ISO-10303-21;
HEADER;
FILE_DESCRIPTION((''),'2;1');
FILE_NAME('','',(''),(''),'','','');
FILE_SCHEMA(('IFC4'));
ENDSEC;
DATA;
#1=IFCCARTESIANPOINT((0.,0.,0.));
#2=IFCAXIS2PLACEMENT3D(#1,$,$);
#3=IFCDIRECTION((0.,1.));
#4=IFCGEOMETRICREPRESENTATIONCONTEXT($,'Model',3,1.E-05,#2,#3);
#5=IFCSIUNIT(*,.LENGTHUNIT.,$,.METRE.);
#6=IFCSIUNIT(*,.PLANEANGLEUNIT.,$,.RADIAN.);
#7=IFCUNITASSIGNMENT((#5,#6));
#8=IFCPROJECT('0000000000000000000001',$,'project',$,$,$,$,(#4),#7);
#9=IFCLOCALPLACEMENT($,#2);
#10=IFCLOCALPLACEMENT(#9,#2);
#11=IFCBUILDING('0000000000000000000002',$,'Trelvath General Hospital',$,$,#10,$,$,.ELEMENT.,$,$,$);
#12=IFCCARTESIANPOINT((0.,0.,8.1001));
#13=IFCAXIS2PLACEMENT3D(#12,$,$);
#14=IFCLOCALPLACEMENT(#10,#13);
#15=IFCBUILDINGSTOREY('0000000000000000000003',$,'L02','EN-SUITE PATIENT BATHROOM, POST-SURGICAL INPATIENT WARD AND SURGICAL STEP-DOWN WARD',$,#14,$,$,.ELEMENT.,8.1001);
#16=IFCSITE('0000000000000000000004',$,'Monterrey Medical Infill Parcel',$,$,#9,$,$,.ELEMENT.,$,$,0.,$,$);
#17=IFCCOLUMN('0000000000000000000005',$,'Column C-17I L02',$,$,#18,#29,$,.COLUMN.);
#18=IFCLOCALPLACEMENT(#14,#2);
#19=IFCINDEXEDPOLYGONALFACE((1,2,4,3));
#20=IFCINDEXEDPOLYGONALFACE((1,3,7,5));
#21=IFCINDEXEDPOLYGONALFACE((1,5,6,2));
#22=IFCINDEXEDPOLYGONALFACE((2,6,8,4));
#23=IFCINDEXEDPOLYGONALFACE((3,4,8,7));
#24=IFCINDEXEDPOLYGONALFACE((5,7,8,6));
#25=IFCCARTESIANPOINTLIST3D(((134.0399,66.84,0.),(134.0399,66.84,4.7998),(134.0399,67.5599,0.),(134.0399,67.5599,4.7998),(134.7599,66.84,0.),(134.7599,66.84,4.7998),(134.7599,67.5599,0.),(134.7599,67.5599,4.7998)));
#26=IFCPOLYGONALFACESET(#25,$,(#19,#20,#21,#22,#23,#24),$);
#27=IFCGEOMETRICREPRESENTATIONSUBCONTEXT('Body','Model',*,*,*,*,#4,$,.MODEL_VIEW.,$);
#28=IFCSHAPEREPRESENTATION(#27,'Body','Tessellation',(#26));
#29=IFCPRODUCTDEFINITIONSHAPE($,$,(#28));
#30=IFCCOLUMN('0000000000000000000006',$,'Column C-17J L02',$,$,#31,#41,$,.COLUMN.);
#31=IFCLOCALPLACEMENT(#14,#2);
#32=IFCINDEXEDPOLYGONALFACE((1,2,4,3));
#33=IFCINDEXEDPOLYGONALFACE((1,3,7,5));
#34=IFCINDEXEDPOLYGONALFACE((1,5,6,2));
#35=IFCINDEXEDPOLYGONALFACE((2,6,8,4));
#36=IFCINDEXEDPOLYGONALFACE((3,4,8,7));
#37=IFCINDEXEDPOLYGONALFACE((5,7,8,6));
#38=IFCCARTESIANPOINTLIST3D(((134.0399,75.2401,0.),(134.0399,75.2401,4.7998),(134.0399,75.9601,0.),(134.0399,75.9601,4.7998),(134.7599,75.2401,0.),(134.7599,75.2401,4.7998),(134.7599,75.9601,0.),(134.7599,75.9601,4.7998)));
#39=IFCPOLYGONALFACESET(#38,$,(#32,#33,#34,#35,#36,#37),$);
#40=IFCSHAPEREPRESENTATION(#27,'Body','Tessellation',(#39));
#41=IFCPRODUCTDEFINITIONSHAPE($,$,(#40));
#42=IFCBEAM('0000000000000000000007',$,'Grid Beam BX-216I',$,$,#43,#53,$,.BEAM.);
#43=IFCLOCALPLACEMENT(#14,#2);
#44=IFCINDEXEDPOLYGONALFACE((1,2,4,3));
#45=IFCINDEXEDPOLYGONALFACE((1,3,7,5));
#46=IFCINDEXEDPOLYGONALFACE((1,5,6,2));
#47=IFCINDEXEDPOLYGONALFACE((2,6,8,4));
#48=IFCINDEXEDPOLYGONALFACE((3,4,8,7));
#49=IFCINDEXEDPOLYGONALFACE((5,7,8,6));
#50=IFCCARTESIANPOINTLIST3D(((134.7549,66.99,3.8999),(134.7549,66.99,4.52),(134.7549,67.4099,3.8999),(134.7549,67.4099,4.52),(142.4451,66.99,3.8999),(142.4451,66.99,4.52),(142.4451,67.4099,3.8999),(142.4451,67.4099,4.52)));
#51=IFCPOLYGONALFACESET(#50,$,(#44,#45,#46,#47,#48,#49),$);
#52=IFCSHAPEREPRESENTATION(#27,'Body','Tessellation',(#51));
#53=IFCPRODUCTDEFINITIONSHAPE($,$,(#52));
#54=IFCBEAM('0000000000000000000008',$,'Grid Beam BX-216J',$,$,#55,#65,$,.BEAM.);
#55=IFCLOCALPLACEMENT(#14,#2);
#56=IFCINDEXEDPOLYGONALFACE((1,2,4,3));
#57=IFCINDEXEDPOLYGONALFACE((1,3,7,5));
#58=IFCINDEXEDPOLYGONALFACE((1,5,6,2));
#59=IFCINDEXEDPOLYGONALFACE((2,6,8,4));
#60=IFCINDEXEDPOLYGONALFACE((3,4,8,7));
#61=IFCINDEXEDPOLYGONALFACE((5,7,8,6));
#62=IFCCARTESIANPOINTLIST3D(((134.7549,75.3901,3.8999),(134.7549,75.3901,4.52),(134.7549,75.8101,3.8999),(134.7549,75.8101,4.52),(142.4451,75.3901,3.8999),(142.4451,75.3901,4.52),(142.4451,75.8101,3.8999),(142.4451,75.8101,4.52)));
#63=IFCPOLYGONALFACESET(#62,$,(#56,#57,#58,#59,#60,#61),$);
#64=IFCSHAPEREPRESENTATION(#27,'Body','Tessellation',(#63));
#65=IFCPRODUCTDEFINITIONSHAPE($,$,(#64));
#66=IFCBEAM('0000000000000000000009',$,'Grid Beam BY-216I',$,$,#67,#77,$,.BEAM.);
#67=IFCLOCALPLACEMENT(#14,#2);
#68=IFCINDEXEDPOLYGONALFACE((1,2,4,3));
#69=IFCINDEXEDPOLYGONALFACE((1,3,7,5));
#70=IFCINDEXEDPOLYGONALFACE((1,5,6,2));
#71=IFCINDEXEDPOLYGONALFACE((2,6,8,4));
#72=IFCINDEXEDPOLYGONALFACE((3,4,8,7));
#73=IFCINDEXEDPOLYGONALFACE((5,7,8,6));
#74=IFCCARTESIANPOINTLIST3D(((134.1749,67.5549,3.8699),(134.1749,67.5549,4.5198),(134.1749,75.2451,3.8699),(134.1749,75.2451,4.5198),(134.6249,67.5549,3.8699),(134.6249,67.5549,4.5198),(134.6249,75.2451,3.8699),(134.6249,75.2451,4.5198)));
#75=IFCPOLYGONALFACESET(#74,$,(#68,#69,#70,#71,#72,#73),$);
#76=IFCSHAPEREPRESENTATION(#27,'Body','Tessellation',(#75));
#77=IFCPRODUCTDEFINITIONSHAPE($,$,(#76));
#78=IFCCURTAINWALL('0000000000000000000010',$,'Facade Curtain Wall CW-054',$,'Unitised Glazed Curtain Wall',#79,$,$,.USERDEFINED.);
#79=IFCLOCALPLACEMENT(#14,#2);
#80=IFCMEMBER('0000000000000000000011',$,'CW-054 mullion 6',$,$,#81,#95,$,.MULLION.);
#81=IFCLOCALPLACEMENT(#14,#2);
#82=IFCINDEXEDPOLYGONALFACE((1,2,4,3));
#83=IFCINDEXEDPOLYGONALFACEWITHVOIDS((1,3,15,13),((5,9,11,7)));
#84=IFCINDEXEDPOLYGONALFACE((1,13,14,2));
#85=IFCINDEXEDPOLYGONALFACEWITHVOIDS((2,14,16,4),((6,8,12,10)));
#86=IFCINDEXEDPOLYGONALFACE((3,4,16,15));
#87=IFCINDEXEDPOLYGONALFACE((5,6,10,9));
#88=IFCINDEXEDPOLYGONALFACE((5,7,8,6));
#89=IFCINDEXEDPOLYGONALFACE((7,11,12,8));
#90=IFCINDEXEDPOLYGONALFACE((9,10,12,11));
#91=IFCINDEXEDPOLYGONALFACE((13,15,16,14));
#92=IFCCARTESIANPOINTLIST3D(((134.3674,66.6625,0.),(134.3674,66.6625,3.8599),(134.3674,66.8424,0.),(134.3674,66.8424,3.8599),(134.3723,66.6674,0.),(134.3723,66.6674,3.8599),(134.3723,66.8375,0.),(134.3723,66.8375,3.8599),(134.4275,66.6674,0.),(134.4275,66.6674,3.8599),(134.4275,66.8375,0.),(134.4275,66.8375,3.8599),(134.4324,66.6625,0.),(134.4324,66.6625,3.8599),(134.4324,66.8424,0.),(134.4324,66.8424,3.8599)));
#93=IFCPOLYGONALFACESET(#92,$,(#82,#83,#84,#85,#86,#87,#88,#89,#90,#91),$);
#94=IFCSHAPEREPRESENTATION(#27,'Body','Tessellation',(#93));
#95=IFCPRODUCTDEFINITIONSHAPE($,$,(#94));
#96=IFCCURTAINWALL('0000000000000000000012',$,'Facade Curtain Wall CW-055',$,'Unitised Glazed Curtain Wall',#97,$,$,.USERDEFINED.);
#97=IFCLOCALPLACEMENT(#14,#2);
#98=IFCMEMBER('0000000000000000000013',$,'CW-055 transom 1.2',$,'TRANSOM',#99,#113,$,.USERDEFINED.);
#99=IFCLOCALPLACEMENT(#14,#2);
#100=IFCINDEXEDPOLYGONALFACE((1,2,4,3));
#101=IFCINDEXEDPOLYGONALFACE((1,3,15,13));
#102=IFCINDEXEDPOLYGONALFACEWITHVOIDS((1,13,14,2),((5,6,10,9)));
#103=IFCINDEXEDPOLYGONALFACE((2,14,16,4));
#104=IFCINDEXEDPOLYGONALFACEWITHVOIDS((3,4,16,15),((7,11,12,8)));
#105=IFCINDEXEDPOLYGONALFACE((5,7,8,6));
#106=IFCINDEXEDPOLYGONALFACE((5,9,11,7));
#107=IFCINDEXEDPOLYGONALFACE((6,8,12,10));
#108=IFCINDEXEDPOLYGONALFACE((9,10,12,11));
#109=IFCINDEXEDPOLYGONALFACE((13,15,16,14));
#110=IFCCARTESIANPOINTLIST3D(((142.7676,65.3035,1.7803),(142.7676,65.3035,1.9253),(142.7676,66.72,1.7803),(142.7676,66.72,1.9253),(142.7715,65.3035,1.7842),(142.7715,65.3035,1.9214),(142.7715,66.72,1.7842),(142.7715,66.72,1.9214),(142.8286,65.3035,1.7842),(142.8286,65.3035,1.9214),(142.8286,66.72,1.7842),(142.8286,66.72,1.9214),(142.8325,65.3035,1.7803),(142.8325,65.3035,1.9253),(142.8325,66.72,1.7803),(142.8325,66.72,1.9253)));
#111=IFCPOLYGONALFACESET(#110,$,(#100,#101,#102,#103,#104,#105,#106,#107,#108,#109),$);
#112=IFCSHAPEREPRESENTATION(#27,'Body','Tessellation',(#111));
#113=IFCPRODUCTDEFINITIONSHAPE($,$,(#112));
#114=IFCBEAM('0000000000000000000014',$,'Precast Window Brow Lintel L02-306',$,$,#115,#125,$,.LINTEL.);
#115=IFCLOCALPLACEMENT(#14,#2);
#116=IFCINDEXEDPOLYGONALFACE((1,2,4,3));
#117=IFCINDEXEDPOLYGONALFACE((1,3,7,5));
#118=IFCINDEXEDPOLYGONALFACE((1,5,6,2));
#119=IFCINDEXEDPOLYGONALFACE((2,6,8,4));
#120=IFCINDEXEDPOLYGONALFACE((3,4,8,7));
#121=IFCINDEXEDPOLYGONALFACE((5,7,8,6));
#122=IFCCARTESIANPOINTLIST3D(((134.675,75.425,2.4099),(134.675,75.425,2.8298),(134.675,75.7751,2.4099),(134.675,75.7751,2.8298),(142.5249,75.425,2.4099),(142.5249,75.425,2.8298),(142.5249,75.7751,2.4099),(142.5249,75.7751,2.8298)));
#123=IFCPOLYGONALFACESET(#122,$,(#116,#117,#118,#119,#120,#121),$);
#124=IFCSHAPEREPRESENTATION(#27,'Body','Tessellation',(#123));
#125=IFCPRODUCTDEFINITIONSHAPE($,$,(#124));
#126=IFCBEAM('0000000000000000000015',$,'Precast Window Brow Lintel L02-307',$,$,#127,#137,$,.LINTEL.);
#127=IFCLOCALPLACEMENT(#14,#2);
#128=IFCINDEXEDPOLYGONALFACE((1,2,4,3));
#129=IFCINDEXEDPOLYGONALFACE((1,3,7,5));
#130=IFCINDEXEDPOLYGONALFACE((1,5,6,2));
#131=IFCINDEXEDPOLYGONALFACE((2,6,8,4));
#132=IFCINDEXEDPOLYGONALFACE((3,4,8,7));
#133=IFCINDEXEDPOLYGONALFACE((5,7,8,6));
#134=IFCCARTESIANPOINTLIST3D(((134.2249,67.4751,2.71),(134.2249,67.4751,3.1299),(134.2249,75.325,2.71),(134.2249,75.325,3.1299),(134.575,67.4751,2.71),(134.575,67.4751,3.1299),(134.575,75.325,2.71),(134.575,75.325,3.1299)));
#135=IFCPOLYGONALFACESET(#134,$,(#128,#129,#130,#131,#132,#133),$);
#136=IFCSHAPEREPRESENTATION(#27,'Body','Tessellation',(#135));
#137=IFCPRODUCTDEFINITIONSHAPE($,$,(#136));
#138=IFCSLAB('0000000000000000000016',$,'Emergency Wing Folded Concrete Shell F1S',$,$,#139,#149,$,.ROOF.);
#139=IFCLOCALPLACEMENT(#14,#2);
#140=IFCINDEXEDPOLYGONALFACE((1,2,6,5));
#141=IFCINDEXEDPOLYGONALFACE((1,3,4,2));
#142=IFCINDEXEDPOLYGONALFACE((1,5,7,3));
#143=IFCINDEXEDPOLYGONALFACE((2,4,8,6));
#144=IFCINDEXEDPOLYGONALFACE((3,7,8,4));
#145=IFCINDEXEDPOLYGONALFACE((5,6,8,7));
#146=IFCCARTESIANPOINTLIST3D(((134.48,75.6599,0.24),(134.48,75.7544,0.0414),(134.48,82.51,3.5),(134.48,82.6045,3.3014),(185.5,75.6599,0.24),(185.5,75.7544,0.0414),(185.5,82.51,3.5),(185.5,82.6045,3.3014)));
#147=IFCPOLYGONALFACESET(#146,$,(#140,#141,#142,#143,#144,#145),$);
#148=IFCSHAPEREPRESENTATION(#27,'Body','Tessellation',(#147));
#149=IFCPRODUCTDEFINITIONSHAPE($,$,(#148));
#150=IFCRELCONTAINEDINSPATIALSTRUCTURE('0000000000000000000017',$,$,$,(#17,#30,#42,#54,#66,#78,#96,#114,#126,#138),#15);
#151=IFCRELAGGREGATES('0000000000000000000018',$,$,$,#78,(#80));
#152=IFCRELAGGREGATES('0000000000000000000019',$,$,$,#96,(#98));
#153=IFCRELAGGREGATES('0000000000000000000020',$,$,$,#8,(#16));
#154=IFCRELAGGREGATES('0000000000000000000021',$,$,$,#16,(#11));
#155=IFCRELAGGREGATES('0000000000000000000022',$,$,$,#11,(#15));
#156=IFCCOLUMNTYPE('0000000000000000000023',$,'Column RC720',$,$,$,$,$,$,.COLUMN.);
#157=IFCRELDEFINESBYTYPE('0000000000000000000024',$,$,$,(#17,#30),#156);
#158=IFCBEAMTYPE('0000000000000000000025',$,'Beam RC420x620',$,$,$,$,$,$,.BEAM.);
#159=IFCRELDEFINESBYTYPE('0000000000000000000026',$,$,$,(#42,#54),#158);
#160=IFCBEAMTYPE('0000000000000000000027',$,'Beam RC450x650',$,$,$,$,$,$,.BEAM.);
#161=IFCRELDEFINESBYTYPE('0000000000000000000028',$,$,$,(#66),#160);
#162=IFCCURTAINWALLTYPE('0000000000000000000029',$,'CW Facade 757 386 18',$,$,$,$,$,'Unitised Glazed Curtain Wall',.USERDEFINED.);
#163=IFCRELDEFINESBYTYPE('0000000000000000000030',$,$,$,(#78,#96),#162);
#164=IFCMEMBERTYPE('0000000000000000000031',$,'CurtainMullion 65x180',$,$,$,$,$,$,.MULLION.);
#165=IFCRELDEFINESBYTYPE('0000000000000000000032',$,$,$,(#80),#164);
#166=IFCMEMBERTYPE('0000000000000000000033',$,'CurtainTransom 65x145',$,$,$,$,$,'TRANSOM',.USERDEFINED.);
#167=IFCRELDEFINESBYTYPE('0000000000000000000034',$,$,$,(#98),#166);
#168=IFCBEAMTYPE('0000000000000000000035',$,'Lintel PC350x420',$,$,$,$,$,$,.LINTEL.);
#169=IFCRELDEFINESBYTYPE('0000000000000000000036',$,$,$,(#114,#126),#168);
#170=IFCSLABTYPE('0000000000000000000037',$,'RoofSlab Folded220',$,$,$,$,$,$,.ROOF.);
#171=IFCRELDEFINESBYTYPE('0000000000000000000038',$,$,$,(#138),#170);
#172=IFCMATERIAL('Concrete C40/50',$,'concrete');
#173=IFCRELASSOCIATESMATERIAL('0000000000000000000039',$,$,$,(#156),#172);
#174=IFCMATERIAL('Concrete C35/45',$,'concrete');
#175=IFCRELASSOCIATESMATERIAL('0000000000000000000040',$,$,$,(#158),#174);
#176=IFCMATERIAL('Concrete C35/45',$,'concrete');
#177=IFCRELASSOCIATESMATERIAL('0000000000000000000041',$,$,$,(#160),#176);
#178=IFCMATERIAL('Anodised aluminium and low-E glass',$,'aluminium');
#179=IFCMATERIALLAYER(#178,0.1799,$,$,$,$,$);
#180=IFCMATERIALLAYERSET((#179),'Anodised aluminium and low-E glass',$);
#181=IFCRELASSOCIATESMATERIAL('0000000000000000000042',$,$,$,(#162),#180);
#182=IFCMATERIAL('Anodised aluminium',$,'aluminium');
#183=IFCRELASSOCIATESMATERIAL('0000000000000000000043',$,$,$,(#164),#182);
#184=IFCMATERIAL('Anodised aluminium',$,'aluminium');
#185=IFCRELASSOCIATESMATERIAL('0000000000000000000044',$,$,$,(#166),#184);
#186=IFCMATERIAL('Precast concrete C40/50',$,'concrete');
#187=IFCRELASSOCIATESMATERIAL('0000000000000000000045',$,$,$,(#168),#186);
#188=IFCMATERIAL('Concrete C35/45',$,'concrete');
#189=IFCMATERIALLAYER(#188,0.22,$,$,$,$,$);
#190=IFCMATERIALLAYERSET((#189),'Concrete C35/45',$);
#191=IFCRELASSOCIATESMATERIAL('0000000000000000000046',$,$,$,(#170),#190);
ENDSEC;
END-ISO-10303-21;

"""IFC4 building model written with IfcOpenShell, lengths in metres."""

from ifc_helpers import new_model, si_unit, direction, frame, origin, origin_2d, place, context, subcontext, project, spatial, polyline, rectangle, hollow_rectangle, outline, extrude, material, layer, layer_set, material_profile, profile_set, type_object, element, aggregate, save


model = new_model("IFC4")

# Units and contexts
model_context = context("Model", 3, precision=1e-05, world=origin(), true_north=direction((0.0, 1.0)))
body_context = subcontext(model_context, "Body", "Model", "MODEL_VIEW")
ifc_project = project(units=[si_unit("LENGTHUNIT", "METRE"), si_unit("PLANEANGLEUNIT", "RADIAN")], contexts=[model_context])

# Site, building, storey
site_placement = place(None, origin())
site = spatial("IfcSite", under=ifc_project, at=site_placement, Name="Monterrey Medical Infill Parcel", CompositionType="ELEMENT", RefElevation=0.0)
building_placement = place(site_placement, origin())
building = spatial("IfcBuilding", under=site, at=building_placement, Name="Trelvath General Hospital", CompositionType="ELEMENT")
storey_placement = place(building_placement, frame((0.0, 0.0, 8.1001)))
storey = spatial("IfcBuildingStorey", under=building, at=storey_placement, Name="L02", Description="EN-SUITE PATIENT BATHROOM, POST-SURGICAL INPATIENT WARD AND SURGICAL STEP-DOWN WARD", CompositionType="ELEMENT", Elevation=8.1001)

# Columns
ifc_material_1 = material(Name="Concrete C40/50", Category="concrete")
ifc_material_profile_1 = material_profile(ifc_material_1, rectangle(XDim=0.72, YDim=0.72, at=origin_2d()), Name="RC720x720")
ifc_profile_set_1 = profile_set([ifc_material_profile_1], Name="Concrete C40/50")
column_type = type_object("IfcColumnType", Name="Column RC720", PredefinedType="COLUMN", material=ifc_profile_set_1)
for number, where, z_axis, x_axis, name in (
    (1, (134.3999, 67.2, 0.0), (0.0, 0.0, 1.0), (1.0, 0.0, 0.0), "Column C-17I L02"),
    (2, (134.3999, 75.6001, 0.0), (0.0, 0.0, 1.0), (1.0, 0.0, 0.0), "Column C-17J L02"),
):
    element("IfcColumn", number, at=place(storey_placement, frame(where, z_axis=z_axis, x_axis=x_axis)), inside=storey, type_object=column_type, Name=name, PredefinedType="COLUMN", context=body_context, shape_type="SweptSolid", body=[
        extrude(rectangle(XDim=0.72, YDim=0.72, at=origin_2d()), origin(), (0.0, 0.0, 1.0), 4.7998),
    ])

# Beams
ifc_material_2 = material(Name="Concrete C35/45", Category="concrete")
ifc_material_profile_2 = material_profile(ifc_material_2, rectangle(XDim=0.4199, YDim=0.6201, at=origin_2d()), Name="RCB420x620")
ifc_profile_set_2 = profile_set([ifc_material_profile_2], Name="Concrete C35/45")
beam_type_1 = type_object("IfcBeamType", Name="Beam RC420x620", PredefinedType="BEAM", material=ifc_profile_set_2)
for number, where, z_axis, x_axis, name in (
    (3, (134.7549, 67.2, 4.21), (1.0, 0.0, 0.0), (0.0, 1.0, 0.0), "Grid Beam BX-216I"),
    (4, (134.7549, 75.6001, 4.21), (1.0, 0.0, 0.0), (0.0, 1.0, 0.0), "Grid Beam BX-216J"),
):
    element("IfcBeam", number, at=place(storey_placement, frame(where, z_axis=z_axis, x_axis=x_axis)), inside=storey, type_object=beam_type_1, Name=name, PredefinedType="BEAM", context=body_context, shape_type="SweptSolid", body=[
        extrude(rectangle(XDim=0.4199, YDim=0.6201, at=origin_2d()), origin(), (0.0, 0.0, 1.0), 7.6902),
    ])
ifc_material_3 = material(Name="Concrete C35/45", Category="concrete")
ifc_material_profile_3 = material_profile(ifc_material_3, rectangle(XDim=0.45, YDim=0.6499, at=origin_2d()), Name="RCB450x650")
ifc_profile_set_3 = profile_set([ifc_material_profile_3], Name="Concrete C35/45")
beam_type_2 = type_object("IfcBeamType", Name="Beam RC450x650", PredefinedType="BEAM", material=ifc_profile_set_3)
beam_placement = place(storey_placement, frame((134.3999, 67.5549, 4.1948), z_axis=(0.0, 1.0, 0.0), x_axis=(-1.0, 0.0, 0.0)))
element("IfcBeam", 5, at=beam_placement, inside=storey, type_object=beam_type_2, Name="Grid Beam BY-216I", PredefinedType="BEAM", context=body_context, shape_type="SweptSolid", body=[
    extrude(rectangle(XDim=0.45, YDim=0.6499, at=origin_2d()), origin(), (0.0, 0.0, 1.0), 7.6902),
])

# Curtain walls, members
ifc_material_4 = material(Name="Anodised aluminium and low-E glass", Category="aluminium")
ifc_layer_1 = layer(ifc_material_4, 0.1799)
ifc_layer_set_1 = layer_set([ifc_layer_1], Name="Anodised aluminium and low-E glass")
curtain_wall_type = type_object("IfcCurtainWallType", Name="CW Facade 757 386 18", ElementType="Unitised Glazed Curtain Wall", PredefinedType="USERDEFINED", material=ifc_layer_set_1)
curtain_wall_1_placement = place(storey_placement, origin())
curtain_wall_1 = element("IfcCurtainWall", 6, at=curtain_wall_1_placement, inside=storey, type_object=curtain_wall_type, Name="Facade Curtain Wall CW-054", ObjectType="Unitised Glazed Curtain Wall", PredefinedType="USERDEFINED")
ifc_material_5 = material(Name="Anodised aluminium", Category="aluminium")
ifc_material_profile_4 = material_profile(ifc_material_5, hollow_rectangle(XDim=0.0649, YDim=0.1799, WallThickness=0.0049, at=origin_2d()), Name="RHS65x180x5")
ifc_profile_set_4 = profile_set([ifc_material_profile_4], Name="Anodised aluminium")
member_type_1 = type_object("IfcMemberType", Name="CurtainMullion 65x180", PredefinedType="MULLION", material=ifc_profile_set_4)
member_1_placement = place(storey_placement, frame((134.3999, 66.7524, 0.0), z_axis=(0.0, 0.0, 1.0), x_axis=(-1.0, 0.0, 0.0)))
member_1 = element("IfcMember", 7, at=member_1_placement, type_object=member_type_1, Name="CW-054 mullion 6", PredefinedType="MULLION", context=body_context, shape_type="SweptSolid", body=[
    extrude(hollow_rectangle(XDim=0.0649, YDim=0.1799, WallThickness=0.0049, at=origin_2d()), origin(), (0.0, 0.0, 1.0), 3.8599),
])
aggregate(curtain_wall_1, [member_1])
curtain_wall_2_placement = place(storey_placement, origin())
curtain_wall_2 = element("IfcCurtainWall", 8, at=curtain_wall_2_placement, inside=storey, type_object=curtain_wall_type, Name="Facade Curtain Wall CW-055", ObjectType="Unitised Glazed Curtain Wall", PredefinedType="USERDEFINED")
ifc_material_6 = material(Name="Anodised aluminium", Category="aluminium")
ifc_material_profile_5 = material_profile(ifc_material_6, hollow_rectangle(XDim=0.0649, YDim=0.145, WallThickness=0.0039, at=origin_2d()), Name="RHS65x145x4")
ifc_profile_set_5 = profile_set([ifc_material_profile_5], Name="Anodised aluminium")
member_type_2 = type_object("IfcMemberType", Name="CurtainTransom 65x145", ElementType="TRANSOM", PredefinedType="USERDEFINED", material=ifc_profile_set_5)
member_2_placement = place(storey_placement, frame((142.8, 66.72, 1.8528), z_axis=(0.0, -1.0, 0.0), x_axis=(1.0, 0.0, 0.0)))
member_2 = element("IfcMember", 9, at=member_2_placement, type_object=member_type_2, Name="CW-055 transom 1.2", ObjectType="TRANSOM", PredefinedType="USERDEFINED", context=body_context, shape_type="SweptSolid", body=[
    extrude(hollow_rectangle(XDim=0.0649, YDim=0.145, WallThickness=0.0039, at=origin_2d()), origin(), (0.0, 0.0, 1.0), 1.4165),
])
aggregate(curtain_wall_2, [member_2])

# Beams
ifc_material_7 = material(Name="Precast concrete C40/50", Category="concrete")
ifc_material_profile_6 = material_profile(ifc_material_7, rectangle(XDim=0.3501, YDim=0.4199, at=origin_2d()), Name="PCL350x420")
ifc_profile_set_6 = profile_set([ifc_material_profile_6], Name="Precast concrete C40/50")
beam_type_3 = type_object("IfcBeamType", Name="Lintel PC350x420", PredefinedType="LINTEL", material=ifc_profile_set_6)
for number, where, z_axis, x_axis, name in (
    (10, (134.675, 75.6001, 2.6199), (1.0, 0.0, 0.0), (0.0, 1.0, 0.0), "Precast Window Brow Lintel L02-306"),
    (11, (134.3999, 67.4751, 2.9199), (0.0, 1.0, 0.0), (-1.0, 0.0, 0.0), "Precast Window Brow Lintel L02-307"),
):
    element("IfcBeam", number, at=place(storey_placement, frame(where, z_axis=z_axis, x_axis=x_axis)), inside=storey, type_object=beam_type_3, Name=name, PredefinedType="LINTEL", context=body_context, shape_type="SweptSolid", body=[
        extrude(rectangle(XDim=0.3501, YDim=0.4199, at=origin_2d()), origin(), (0.0, 0.0, 1.0), 7.8499),
    ])

# Slab
ifc_material_8 = material(Name="Concrete C35/45", Category="concrete")
ifc_layer_2 = layer(ifc_material_8, 0.22)
ifc_layer_set_2 = layer_set([ifc_layer_2], Name="Concrete C35/45")
slab_type = type_object("IfcSlabType", Name="RoofSlab Folded220", PredefinedType="ROOF", material=ifc_layer_set_2)
slab_placement = place(storey_placement, frame((134.48, 75.6599, 0.24), z_axis=(0.0, -0.429725, 0.90296), x_axis=(1.0, 0.0, 0.0)))
element("IfcSlab", 12, at=slab_placement, inside=storey, type_object=slab_type, Name="Emergency Wing Folded Concrete Shell F1S", PredefinedType="ROOF", context=body_context, shape_type="SweptSolid", body=[
    extrude(outline(polyline([(0.0, 0.0), (51.02, 0.0), (51.02, 7.5863), (0.0, 7.5863), (0.0, 0.0)])), origin(), (0.0, 0.0, -1.0), 0.22),
])

save(model, "model.ifc")
